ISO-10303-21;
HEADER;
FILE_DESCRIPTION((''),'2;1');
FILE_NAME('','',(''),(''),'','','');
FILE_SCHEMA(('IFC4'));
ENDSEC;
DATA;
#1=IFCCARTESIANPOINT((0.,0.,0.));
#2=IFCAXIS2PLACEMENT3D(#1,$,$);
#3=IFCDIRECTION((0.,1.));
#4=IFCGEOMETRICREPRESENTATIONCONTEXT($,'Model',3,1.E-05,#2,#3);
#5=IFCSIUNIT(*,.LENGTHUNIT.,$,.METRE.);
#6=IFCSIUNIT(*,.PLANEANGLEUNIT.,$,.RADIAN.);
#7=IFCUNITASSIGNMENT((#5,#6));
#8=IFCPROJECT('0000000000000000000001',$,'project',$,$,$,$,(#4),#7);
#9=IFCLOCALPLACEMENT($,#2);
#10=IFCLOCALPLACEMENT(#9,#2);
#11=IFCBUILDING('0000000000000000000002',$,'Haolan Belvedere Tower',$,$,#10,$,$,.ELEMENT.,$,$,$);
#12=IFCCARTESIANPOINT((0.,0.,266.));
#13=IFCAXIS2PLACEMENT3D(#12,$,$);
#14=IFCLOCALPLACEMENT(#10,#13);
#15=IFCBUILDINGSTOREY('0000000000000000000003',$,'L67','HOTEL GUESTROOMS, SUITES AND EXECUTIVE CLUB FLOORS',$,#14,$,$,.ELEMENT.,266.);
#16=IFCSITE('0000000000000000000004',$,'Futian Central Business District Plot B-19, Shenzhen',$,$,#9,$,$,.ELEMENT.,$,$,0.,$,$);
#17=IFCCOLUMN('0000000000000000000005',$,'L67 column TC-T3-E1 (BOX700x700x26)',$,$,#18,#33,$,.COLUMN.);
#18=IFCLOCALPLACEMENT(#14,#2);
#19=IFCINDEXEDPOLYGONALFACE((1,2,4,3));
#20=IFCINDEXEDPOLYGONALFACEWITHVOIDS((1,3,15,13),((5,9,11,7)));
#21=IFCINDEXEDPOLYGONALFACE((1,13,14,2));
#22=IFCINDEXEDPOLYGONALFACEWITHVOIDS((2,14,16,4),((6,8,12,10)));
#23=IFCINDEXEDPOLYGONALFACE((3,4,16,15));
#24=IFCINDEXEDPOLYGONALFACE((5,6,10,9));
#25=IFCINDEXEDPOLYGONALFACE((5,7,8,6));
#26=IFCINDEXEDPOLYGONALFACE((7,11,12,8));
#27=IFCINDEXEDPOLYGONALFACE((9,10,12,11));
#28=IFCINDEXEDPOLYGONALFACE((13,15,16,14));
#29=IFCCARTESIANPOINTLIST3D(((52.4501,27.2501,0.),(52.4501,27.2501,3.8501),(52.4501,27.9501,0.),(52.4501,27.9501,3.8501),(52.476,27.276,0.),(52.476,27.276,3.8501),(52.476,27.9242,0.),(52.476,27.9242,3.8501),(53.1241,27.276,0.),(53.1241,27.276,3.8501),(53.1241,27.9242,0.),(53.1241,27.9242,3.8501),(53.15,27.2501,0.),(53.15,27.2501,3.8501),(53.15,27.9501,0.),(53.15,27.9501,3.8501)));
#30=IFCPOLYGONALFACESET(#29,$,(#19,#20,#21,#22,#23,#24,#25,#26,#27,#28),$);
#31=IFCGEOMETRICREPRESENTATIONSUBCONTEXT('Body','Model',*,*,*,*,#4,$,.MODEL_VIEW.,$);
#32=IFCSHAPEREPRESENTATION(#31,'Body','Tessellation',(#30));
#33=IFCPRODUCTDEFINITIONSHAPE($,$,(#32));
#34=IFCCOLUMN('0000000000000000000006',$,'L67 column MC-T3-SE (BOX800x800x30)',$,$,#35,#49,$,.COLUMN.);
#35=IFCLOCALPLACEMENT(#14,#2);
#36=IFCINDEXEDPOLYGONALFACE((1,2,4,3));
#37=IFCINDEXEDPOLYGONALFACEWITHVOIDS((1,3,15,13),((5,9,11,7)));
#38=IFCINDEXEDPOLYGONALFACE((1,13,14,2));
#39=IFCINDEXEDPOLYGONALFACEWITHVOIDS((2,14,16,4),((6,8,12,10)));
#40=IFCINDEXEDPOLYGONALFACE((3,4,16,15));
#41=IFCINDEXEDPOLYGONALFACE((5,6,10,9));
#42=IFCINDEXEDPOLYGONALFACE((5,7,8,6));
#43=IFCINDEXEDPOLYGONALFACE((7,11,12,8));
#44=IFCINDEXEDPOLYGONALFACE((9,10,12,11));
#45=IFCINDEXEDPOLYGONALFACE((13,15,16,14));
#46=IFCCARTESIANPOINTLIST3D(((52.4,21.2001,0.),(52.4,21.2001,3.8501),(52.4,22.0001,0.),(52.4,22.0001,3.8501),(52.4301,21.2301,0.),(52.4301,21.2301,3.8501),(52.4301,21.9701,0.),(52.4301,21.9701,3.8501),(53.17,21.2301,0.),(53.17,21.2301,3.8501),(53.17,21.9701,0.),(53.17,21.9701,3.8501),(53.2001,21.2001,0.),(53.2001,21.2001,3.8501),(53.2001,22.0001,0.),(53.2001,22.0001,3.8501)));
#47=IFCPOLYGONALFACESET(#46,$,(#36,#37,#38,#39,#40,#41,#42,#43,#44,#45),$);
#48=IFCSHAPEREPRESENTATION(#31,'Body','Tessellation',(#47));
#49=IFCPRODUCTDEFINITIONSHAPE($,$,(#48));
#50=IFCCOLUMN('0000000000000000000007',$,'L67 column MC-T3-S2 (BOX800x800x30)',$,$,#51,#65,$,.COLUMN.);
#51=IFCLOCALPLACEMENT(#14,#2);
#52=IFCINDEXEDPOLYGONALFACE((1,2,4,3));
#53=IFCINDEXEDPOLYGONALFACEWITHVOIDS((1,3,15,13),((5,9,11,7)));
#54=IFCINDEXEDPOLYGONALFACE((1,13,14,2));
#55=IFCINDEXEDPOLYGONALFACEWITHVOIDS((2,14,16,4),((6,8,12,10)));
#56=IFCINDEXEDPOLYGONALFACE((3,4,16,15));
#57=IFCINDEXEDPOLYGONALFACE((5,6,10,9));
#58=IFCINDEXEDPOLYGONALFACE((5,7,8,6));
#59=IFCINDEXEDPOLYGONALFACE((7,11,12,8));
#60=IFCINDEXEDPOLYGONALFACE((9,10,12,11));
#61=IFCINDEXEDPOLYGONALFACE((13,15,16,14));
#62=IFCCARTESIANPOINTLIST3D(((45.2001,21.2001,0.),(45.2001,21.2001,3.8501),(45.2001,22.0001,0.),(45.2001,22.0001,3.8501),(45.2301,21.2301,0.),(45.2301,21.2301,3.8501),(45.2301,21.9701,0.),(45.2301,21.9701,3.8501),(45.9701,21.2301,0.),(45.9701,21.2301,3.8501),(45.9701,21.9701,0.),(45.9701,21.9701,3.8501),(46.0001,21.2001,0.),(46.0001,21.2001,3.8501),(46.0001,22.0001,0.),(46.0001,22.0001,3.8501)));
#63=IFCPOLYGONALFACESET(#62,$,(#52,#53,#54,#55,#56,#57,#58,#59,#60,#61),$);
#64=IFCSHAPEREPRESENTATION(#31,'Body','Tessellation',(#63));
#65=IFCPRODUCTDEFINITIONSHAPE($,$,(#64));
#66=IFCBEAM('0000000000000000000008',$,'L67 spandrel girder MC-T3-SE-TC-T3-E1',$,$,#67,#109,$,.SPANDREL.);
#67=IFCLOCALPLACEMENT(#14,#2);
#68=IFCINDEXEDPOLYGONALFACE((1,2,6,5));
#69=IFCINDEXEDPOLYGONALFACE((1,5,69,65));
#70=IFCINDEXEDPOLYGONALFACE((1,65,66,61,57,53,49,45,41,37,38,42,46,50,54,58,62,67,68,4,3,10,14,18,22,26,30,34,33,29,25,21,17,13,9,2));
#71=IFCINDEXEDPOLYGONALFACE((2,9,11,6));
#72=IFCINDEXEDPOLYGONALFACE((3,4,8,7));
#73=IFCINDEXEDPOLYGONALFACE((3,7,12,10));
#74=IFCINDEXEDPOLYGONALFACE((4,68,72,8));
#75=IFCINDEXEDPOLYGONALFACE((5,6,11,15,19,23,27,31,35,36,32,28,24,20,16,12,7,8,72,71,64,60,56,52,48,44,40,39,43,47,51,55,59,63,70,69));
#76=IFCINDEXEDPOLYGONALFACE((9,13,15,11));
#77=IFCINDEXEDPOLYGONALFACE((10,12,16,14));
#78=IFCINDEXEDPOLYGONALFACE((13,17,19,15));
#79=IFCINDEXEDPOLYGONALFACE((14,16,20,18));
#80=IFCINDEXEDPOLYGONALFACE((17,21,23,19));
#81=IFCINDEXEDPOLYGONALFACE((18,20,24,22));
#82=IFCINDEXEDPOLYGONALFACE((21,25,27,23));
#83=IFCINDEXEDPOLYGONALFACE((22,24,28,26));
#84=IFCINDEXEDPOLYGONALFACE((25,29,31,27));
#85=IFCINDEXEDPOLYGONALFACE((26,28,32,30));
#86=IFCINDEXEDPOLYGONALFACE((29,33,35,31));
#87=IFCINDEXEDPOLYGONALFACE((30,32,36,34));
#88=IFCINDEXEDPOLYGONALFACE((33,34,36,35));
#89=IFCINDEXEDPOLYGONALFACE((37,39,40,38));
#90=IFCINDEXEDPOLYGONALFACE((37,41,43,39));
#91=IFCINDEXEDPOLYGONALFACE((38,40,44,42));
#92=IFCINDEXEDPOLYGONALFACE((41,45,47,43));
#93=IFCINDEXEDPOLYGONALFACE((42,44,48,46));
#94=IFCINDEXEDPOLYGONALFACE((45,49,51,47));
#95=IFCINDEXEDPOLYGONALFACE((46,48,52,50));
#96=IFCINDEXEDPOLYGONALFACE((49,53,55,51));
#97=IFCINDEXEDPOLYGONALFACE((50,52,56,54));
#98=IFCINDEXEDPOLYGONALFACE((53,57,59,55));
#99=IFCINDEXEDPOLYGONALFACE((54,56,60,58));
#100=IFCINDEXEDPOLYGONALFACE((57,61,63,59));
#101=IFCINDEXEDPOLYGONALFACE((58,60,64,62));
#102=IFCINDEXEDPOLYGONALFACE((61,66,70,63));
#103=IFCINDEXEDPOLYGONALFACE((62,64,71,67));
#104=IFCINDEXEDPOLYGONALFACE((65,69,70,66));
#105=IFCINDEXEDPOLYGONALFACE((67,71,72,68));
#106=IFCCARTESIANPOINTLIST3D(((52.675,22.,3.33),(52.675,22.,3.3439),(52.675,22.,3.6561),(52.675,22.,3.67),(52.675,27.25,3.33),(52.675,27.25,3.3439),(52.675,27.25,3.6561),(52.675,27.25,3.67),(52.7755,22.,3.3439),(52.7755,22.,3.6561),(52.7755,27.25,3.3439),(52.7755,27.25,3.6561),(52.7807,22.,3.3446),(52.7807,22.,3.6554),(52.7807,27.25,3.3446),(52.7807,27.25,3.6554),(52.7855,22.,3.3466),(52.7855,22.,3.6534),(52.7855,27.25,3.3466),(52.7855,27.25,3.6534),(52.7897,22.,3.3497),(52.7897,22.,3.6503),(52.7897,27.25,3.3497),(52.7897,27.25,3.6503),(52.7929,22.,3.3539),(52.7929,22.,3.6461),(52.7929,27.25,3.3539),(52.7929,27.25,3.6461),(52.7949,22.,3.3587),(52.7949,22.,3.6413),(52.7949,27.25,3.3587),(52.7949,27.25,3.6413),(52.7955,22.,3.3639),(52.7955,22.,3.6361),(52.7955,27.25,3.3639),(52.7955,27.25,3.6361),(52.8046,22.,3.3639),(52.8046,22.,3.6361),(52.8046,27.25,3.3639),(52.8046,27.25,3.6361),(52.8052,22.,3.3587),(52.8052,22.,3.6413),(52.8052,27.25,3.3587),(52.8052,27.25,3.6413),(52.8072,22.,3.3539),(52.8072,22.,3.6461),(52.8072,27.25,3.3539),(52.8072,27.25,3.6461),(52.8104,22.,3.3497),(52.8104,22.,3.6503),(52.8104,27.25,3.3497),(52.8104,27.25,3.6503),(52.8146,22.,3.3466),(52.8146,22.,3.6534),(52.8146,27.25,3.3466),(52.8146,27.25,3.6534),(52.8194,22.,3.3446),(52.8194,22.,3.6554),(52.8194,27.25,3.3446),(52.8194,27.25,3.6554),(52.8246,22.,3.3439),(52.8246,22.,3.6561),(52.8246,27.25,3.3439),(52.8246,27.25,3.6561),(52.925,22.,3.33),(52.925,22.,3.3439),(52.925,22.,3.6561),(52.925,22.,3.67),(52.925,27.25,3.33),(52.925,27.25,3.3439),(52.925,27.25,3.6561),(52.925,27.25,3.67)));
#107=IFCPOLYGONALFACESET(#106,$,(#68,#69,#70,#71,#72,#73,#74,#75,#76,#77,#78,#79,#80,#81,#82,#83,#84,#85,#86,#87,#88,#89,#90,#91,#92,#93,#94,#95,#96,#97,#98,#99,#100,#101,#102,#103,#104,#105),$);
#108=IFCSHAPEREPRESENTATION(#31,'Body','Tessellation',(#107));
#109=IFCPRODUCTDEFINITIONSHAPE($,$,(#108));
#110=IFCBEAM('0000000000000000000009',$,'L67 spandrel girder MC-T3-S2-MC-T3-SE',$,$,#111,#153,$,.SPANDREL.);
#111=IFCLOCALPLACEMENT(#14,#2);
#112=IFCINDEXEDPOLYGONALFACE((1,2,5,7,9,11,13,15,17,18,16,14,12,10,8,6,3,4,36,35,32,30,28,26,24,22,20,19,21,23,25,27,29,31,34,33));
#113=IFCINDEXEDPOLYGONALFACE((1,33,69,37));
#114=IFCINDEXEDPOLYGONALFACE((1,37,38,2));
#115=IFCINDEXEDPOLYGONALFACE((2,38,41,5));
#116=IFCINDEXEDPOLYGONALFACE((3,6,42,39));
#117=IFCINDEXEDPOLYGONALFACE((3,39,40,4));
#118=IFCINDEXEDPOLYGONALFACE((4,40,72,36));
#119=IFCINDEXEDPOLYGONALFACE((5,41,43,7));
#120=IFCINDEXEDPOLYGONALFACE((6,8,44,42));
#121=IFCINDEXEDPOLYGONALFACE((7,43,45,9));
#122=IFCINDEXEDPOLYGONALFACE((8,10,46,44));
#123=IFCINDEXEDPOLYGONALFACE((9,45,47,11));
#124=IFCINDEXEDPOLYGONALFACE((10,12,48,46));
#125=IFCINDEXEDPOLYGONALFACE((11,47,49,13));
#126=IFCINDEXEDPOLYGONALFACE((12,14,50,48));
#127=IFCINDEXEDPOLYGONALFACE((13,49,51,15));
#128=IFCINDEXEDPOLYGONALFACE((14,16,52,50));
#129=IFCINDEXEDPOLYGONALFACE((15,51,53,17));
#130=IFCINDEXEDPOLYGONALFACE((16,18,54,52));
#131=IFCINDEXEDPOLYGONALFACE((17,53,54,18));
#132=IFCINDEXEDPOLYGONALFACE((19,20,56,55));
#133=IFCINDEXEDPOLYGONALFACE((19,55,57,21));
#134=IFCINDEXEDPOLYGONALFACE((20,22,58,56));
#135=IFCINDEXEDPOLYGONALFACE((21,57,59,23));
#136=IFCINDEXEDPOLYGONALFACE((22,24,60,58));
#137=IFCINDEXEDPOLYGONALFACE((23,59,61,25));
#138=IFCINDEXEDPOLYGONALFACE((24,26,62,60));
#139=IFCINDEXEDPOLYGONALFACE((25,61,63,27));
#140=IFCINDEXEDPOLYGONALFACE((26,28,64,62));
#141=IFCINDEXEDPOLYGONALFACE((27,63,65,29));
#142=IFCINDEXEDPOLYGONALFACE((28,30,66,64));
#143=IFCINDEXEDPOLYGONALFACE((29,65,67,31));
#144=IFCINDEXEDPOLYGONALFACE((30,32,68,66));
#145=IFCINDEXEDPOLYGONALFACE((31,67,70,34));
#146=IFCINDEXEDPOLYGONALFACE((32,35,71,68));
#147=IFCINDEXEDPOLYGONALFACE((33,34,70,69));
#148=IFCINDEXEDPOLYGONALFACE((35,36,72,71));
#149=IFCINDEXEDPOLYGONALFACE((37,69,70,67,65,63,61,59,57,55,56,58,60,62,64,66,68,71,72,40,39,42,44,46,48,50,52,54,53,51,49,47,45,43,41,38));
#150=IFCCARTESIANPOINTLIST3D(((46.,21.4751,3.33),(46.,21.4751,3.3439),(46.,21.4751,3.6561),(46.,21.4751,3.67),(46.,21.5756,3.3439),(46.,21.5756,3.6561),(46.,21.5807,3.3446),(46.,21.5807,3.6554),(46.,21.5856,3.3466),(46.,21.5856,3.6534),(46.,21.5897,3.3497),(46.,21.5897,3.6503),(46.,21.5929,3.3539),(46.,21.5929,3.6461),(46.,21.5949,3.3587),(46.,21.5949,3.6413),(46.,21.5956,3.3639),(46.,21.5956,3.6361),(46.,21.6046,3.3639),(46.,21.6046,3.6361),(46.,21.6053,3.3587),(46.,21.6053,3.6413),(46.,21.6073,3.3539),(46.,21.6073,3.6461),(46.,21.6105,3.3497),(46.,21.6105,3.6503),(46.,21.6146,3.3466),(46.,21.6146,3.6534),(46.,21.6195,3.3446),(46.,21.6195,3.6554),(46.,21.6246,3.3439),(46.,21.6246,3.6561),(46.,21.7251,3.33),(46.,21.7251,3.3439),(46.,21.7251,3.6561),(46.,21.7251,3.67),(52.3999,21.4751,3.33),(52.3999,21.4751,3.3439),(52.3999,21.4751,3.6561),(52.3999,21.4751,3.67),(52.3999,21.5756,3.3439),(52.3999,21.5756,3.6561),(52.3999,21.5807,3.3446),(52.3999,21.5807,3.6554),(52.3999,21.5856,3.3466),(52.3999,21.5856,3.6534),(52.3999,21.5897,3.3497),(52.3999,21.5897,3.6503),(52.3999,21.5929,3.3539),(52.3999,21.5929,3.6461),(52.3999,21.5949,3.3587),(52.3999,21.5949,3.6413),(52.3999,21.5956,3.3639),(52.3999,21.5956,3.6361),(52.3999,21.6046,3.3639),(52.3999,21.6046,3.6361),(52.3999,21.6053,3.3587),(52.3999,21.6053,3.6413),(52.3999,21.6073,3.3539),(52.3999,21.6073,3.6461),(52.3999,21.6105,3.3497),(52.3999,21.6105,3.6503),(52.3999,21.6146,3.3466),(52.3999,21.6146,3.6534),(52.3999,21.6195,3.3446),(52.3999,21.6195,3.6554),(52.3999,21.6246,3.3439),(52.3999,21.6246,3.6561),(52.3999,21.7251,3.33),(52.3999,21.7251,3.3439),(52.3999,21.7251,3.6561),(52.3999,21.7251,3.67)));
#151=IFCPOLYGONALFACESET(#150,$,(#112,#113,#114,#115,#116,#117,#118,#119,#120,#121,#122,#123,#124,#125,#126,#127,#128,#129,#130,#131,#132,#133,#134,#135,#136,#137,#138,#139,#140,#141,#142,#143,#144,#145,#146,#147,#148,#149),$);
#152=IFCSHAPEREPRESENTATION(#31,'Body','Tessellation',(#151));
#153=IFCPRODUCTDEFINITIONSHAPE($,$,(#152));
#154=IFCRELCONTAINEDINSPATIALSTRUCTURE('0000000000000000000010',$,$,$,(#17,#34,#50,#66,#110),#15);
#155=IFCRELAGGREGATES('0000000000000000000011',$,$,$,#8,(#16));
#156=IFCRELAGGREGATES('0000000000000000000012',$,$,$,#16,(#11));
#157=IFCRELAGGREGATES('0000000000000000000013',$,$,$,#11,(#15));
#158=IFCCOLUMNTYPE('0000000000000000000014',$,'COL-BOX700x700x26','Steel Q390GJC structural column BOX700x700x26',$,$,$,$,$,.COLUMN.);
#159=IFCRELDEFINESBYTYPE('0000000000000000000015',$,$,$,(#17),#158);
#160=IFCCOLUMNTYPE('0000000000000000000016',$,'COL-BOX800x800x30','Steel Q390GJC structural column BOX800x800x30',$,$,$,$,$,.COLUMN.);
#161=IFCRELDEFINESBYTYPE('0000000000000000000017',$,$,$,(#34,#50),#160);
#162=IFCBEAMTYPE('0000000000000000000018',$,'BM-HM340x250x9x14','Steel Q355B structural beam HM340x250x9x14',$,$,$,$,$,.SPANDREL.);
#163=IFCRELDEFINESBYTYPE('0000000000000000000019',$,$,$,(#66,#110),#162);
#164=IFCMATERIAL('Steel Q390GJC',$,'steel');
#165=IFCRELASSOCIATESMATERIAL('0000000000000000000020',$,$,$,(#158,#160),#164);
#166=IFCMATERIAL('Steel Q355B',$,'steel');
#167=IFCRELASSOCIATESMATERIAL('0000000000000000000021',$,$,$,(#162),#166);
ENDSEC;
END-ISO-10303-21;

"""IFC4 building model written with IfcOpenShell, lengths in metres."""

from ifc_helpers import new_model, si_unit, direction, frame, origin, origin_2d, place, context, subcontext, project, spatial, hollow_rectangle, i_section, extrude, material, material_profile, profile_set, type_object, element, save


model = new_model("IFC4")

# Units and contexts
model_context = context("Model", 3, precision=1e-05, world=origin(), true_north=direction((0.0, 1.0)))
body_context = subcontext(model_context, "Body", "Model", "MODEL_VIEW")
ifc_project = project(units=[si_unit("LENGTHUNIT", "METRE"), si_unit("PLANEANGLEUNIT", "RADIAN")], contexts=[model_context])

# Site, building, storey
site_placement = place(None, origin())
site = spatial("IfcSite", under=ifc_project, at=site_placement, Name="Futian Central Business District Plot B-19, Shenzhen", CompositionType="ELEMENT", RefElevation=0.0)
building_placement = place(site_placement, origin())
building = spatial("IfcBuilding", under=site, at=building_placement, Name="Haolan Belvedere Tower", CompositionType="ELEMENT")
storey_placement = place(building_placement, frame((0.0, 0.0, 266.0)))
storey = spatial("IfcBuildingStorey", under=building, at=storey_placement, Name="L67", Description="HOTEL GUESTROOMS, SUITES AND EXECUTIVE CLUB FLOORS", CompositionType="ELEMENT", Elevation=266.0)

# Columns
ifc_material_1 = material(Name="Steel Q390GJC", Category="steel")
ifc_material_profile_1 = material_profile(ifc_material_1, hollow_rectangle(XDim=0.7, YDim=0.7, WallThickness=0.0259, at=origin_2d()), Name="Steel Q390GJC")
ifc_profile_set_1 = profile_set([ifc_material_profile_1], Name="Steel Q390GJC")
column_type_1 = type_object("IfcColumnType", Name="COL-BOX700x700x26", Description="Steel Q390GJC structural column BOX700x700x26", PredefinedType="COLUMN", material=ifc_profile_set_1)
column_placement = place(storey_placement, frame((52.8, 27.6001, 0.0), z_axis=(0.0, 0.0, 1.0), x_axis=(1.0, 0.0, 0.0)))
element("IfcColumn", 1, at=column_placement, inside=storey, type_object=column_type_1, Name="L67 column TC-T3-E1 (BOX700x700x26)", PredefinedType="COLUMN", context=body_context, shape_type="SweptSolid", body=[
    extrude(hollow_rectangle(XDim=0.7, YDim=0.7, WallThickness=0.0259, at=origin_2d()), origin(), (0.0, 0.0, 1.0), 3.8501),
])
ifc_material_profile_2 = material_profile(ifc_material_1, hollow_rectangle(XDim=0.8, YDim=0.8, WallThickness=0.03, at=origin_2d()), Name="Steel Q390GJC")
ifc_profile_set_2 = profile_set([ifc_material_profile_2], Name="Steel Q390GJC")
column_type_2 = type_object("IfcColumnType", Name="COL-BOX800x800x30", Description="Steel Q390GJC structural column BOX800x800x30", PredefinedType="COLUMN", material=ifc_profile_set_2)
for number, where, z_axis, x_axis, name in (
    (2, (52.8, 21.6001, 0.0), (0.0, 0.0, 1.0), (1.0, 0.0, 0.0), "L67 column MC-T3-SE (BOX800x800x30)"),
    (3, (45.6001, 21.6001, 0.0), (0.0, 0.0, 1.0), (1.0, 0.0, 0.0), "L67 column MC-T3-S2 (BOX800x800x30)"),
):
    element("IfcColumn", number, at=place(storey_placement, frame(where, z_axis=z_axis, x_axis=x_axis)), inside=storey, type_object=column_type_2, Name=name, PredefinedType="COLUMN", context=body_context, shape_type="SweptSolid", body=[
        extrude(hollow_rectangle(XDim=0.8, YDim=0.8, WallThickness=0.03, at=origin_2d()), origin(), (0.0, 0.0, 1.0), 3.8501),
    ])

# Beams
ifc_material_2 = material(Name="Steel Q355B", Category="steel")
ifc_material_profile_3 = material_profile(ifc_material_2, i_section(OverallWidth=0.25, OverallDepth=0.3401, WebThickness=0.009, FlangeThickness=0.0139, FilletRadius=0.02, at=origin_2d()), Name="Steel Q355B")
ifc_profile_set_3 = profile_set([ifc_material_profile_3], Name="Steel Q355B")
beam_type_1 = type_object("IfcBeamType", Name="BM-HM340x250x9x14", Description="Steel Q355B structural beam HM340x250x9x14", PredefinedType="SPANDREL", material=ifc_profile_set_3)
beam_1_placement = place(storey_placement, frame((52.8, 22.0, 3.5), z_axis=(0.0, 1.0, 0.0), x_axis=(-1.0, 0.0, 0.0)))
element("IfcBeam", 4, at=beam_1_placement, inside=storey, type_object=beam_type_1, Name="L67 spandrel girder MC-T3-SE-TC-T3-E1", PredefinedType="SPANDREL", context=body_context, shape_type="SweptSolid", body=[
    extrude(i_section(OverallWidth=0.25, OverallDepth=0.3401, WebThickness=0.009, FlangeThickness=0.0139, FilletRadius=0.02, at=origin_2d()), origin(), (0.0, 0.0, 1.0), 5.25),
])
beam_2_placement = place(storey_placement, frame((46.0, 21.6001, 3.5), z_axis=(1.0, 0.0, 0.0), x_axis=(0.0, 1.0, 0.0)))
element("IfcBeam", 5, at=beam_2_placement, inside=storey, type_object=beam_type_1, Name="L67 spandrel girder MC-T3-S2-MC-T3-SE", PredefinedType="SPANDREL", context=body_context, shape_type="SweptSolid", body=[
    extrude(i_section(OverallWidth=0.25, OverallDepth=0.3401, WebThickness=0.009, FlangeThickness=0.0139, FilletRadius=0.02, at=origin_2d()), origin(), (0.0, 0.0, 1.0), 6.3999),
])

save(model, "model.ifc")
